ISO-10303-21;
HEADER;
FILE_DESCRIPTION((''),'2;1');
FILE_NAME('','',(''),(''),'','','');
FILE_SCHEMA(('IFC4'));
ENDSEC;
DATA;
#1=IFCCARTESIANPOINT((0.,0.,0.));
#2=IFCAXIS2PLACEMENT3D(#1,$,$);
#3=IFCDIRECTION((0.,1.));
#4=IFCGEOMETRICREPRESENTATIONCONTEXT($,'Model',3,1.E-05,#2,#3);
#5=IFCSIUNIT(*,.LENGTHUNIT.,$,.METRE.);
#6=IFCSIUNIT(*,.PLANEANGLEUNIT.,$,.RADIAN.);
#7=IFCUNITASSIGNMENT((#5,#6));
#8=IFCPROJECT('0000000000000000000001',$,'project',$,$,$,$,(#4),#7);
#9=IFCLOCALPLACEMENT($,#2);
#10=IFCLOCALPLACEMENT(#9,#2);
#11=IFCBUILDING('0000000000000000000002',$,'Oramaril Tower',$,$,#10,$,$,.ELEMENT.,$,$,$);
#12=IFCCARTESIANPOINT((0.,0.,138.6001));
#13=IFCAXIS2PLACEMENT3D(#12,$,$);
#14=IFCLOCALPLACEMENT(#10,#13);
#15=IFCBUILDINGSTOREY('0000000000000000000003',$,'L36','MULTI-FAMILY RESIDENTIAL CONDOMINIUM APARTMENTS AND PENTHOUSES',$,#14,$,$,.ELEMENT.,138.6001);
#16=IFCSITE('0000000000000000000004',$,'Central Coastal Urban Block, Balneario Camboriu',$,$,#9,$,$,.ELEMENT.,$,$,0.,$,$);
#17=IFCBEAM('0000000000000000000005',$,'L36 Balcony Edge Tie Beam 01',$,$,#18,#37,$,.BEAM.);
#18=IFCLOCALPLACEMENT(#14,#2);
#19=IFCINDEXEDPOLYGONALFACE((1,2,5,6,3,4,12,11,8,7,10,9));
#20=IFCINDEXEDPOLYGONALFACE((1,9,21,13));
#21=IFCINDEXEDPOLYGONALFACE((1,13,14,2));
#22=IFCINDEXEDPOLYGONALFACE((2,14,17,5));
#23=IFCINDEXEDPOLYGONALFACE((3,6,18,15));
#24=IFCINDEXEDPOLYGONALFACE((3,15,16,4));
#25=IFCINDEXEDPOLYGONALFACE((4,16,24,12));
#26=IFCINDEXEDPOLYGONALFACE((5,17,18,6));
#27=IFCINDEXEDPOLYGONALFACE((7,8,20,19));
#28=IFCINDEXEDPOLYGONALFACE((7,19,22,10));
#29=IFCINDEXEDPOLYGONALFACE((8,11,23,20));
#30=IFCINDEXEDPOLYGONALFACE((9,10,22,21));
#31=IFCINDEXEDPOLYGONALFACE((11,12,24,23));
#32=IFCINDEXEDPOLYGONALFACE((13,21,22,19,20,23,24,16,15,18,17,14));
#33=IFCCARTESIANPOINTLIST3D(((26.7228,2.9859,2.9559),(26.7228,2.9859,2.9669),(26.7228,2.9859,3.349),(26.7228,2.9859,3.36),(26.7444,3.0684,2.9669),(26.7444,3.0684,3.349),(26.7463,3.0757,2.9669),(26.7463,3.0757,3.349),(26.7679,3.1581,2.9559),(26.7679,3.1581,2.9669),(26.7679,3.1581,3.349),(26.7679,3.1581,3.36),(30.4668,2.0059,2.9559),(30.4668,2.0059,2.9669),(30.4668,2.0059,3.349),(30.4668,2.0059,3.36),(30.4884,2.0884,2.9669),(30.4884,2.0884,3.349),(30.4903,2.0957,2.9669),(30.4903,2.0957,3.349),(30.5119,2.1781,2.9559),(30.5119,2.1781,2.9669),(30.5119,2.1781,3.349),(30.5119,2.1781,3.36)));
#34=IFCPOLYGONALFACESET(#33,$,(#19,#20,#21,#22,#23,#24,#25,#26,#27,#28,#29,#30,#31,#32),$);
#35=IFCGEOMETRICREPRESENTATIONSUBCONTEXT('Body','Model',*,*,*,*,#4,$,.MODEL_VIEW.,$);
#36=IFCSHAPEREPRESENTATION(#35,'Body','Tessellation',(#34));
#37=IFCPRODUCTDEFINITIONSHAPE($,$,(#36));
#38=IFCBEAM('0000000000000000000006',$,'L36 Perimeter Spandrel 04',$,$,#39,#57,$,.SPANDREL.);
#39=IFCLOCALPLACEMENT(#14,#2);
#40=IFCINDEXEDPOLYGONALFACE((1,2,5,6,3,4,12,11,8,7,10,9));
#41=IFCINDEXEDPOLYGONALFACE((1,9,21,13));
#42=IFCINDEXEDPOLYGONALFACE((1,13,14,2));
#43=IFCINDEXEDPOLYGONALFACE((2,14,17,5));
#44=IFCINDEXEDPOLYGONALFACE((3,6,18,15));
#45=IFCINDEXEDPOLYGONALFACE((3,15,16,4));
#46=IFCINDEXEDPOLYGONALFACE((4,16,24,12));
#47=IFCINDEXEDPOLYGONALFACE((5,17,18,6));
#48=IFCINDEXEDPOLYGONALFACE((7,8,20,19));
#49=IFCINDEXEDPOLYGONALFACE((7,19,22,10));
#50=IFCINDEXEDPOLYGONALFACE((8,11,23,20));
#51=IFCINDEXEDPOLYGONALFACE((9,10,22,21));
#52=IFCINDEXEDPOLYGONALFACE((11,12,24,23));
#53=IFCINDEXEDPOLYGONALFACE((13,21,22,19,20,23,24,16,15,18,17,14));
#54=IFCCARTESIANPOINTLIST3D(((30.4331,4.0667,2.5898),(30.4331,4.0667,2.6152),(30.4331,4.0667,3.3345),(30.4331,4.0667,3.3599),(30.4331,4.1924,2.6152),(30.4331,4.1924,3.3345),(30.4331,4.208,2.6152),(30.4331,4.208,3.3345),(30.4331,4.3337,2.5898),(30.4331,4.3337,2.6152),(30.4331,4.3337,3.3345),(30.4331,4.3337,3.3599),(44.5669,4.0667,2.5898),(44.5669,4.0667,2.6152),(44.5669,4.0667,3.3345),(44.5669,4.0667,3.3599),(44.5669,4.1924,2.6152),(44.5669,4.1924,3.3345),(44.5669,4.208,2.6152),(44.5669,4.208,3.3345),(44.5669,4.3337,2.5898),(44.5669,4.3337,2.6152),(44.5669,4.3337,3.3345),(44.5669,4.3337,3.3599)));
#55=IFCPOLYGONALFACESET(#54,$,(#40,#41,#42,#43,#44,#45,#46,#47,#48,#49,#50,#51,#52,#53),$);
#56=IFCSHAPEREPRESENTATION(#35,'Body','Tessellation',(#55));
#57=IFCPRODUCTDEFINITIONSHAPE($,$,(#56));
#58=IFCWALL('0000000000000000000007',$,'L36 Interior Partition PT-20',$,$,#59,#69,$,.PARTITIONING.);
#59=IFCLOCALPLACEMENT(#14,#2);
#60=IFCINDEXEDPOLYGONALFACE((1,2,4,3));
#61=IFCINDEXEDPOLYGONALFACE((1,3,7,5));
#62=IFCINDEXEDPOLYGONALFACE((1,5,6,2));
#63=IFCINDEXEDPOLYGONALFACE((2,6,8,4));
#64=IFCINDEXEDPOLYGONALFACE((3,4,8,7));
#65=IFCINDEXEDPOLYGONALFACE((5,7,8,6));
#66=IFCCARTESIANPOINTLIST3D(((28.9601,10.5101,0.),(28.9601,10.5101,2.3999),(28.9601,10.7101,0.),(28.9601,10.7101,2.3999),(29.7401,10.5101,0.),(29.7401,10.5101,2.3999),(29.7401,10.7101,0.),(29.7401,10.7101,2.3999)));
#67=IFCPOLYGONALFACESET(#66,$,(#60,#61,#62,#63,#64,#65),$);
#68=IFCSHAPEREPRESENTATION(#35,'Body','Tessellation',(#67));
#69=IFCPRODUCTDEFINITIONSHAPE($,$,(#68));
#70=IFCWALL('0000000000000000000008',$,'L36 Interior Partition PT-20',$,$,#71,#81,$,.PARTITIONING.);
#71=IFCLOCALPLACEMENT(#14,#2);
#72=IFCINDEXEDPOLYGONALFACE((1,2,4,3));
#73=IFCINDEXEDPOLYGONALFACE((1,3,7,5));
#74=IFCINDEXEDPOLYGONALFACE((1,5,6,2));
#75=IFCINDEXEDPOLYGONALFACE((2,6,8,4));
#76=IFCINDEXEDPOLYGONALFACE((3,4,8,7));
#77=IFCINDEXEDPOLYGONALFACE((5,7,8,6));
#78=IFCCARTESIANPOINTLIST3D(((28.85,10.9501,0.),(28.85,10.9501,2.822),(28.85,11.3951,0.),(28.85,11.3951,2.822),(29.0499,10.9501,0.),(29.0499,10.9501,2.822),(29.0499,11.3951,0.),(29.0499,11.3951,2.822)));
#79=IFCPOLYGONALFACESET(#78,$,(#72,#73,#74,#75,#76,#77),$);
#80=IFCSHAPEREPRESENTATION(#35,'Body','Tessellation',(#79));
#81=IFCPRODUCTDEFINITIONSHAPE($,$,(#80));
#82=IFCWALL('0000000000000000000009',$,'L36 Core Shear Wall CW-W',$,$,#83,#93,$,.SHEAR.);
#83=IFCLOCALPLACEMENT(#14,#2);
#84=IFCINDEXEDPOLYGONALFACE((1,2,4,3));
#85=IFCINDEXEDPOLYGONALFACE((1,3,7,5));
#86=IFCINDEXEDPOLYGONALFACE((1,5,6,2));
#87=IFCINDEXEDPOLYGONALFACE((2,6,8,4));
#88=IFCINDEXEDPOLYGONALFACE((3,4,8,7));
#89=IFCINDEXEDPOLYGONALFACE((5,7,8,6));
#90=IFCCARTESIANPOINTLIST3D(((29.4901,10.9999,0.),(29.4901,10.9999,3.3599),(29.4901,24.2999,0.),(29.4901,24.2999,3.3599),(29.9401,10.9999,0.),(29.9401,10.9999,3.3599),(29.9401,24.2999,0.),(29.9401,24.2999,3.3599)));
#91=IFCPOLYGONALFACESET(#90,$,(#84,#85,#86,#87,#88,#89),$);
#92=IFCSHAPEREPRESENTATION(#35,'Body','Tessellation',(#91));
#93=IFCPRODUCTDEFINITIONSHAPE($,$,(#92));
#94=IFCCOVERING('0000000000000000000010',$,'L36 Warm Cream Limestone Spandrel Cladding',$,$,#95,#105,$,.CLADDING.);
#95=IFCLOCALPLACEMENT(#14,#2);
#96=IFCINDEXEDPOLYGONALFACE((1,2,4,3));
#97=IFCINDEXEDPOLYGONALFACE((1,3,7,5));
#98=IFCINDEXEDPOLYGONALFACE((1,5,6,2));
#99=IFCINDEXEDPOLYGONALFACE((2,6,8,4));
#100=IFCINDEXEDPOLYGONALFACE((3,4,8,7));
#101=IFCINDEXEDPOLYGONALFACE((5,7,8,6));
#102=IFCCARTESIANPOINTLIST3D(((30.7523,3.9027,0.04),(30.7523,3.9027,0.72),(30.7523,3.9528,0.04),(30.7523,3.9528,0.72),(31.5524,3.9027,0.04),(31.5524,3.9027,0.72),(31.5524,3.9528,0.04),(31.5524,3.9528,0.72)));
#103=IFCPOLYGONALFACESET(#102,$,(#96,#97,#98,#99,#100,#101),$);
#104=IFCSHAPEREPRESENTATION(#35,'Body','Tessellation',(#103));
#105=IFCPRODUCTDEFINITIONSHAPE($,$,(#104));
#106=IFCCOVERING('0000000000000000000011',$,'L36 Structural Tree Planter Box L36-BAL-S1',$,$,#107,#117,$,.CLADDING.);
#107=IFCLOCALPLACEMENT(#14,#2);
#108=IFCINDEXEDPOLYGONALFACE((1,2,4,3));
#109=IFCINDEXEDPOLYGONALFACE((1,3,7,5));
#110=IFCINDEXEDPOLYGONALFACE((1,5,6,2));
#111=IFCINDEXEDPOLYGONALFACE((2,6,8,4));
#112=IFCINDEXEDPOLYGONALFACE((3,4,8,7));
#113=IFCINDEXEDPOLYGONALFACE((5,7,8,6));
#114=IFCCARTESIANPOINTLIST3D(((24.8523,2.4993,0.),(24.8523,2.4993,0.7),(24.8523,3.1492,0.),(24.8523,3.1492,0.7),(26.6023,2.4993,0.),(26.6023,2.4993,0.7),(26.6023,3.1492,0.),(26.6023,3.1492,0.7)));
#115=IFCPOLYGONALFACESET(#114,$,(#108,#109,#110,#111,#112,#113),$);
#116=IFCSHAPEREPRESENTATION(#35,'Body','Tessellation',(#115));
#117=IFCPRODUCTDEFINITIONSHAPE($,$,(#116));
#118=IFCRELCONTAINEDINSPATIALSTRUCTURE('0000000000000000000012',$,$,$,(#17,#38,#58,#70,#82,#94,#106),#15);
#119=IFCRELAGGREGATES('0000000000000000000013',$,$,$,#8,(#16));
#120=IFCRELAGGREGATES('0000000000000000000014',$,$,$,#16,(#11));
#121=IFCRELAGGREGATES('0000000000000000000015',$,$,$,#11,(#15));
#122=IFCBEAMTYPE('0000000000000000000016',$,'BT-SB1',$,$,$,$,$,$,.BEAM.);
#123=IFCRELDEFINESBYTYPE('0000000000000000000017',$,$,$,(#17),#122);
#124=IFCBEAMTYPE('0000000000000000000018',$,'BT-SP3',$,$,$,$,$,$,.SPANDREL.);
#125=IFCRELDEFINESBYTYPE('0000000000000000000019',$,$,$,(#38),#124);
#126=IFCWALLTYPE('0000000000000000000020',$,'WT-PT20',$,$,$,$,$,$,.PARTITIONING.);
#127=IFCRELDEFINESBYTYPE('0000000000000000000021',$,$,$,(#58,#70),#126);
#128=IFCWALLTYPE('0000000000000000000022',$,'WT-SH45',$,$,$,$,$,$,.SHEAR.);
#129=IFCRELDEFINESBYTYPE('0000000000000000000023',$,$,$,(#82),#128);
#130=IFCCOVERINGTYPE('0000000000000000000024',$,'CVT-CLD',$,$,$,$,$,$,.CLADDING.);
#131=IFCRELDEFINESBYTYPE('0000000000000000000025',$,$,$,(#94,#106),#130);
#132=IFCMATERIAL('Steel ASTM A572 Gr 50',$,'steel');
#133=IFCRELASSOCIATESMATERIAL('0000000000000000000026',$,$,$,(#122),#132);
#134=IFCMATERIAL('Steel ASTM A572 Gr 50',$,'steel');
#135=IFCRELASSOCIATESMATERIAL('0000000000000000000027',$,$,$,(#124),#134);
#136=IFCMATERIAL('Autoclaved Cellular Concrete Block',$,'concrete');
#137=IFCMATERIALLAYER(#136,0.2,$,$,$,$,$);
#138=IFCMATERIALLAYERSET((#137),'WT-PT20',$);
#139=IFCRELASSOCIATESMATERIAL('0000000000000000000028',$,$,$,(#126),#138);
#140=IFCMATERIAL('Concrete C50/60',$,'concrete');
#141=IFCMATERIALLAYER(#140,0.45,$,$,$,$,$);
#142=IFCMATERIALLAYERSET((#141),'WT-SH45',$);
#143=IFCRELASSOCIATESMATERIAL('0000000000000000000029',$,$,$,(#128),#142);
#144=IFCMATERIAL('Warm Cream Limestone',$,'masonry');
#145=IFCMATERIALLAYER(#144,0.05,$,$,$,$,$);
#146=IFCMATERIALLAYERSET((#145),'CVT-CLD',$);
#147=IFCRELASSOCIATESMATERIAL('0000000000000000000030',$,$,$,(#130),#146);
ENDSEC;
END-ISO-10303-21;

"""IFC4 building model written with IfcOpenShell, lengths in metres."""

from ifc_helpers import new_model, si_unit, direction, frame, frame_2d, origin, origin_2d, place, context, subcontext, project, spatial, rectangle, i_section, extrude, material, layer, layer_set, material_profile, profile_set, type_object, element, save


model = new_model("IFC4")

# Units and contexts
model_context = context("Model", 3, precision=1e-05, world=origin(), true_north=direction((0.0, 1.0)))
body_context = subcontext(model_context, "Body", "Model", "MODEL_VIEW")
ifc_project = project(units=[si_unit("LENGTHUNIT", "METRE"), si_unit("PLANEANGLEUNIT", "RADIAN")], contexts=[model_context])

# Site, building, storey
site_placement = place(None, origin())
site = spatial("IfcSite", under=ifc_project, at=site_placement, Name="Central Coastal Urban Block, Balneario Camboriu", CompositionType="ELEMENT", RefElevation=0.0)
building_placement = place(site_placement, origin())
building = spatial("IfcBuilding", under=site, at=building_placement, Name="Oramaril Tower", CompositionType="ELEMENT")
storey_placement = place(building_placement, frame((0.0, 0.0, 138.6001)))
storey = spatial("IfcBuildingStorey", under=building, at=storey_placement, Name="L36", Description="MULTI-FAMILY RESIDENTIAL CONDOMINIUM APARTMENTS AND PENTHOUSES", CompositionType="ELEMENT", Elevation=138.6001)

# Beams
ifc_material_1 = material(Name="Steel ASTM A572 Gr 50", Category="steel")
ifc_material_profile_1 = material_profile(ifc_material_1, i_section(OverallWidth=0.178, OverallDepth=0.4041, WebThickness=0.0076, FlangeThickness=0.011, at=origin_2d()), Name="W16X36")
ifc_profile_set_1 = profile_set([ifc_material_profile_1], Name="Steel ASTM A572 Gr 50")
beam_type_1 = type_object("IfcBeamType", Name="BT-SB1", PredefinedType="BEAM", material=ifc_profile_set_1)
beam_1_placement = place(storey_placement, frame((26.7454, 3.072, 3.158), z_axis=(0.967408, -0.253223, 0.0), x_axis=(0.253223, 0.967408, 0.0)))
element("IfcBeam", 1, at=beam_1_placement, inside=storey, type_object=beam_type_1, Name="L36 Balcony Edge Tie Beam 01", PredefinedType="BEAM", context=body_context, shape_type="SweptSolid", body=[
    extrude(i_section(OverallWidth=0.178, OverallDepth=0.4041, WebThickness=0.0076, FlangeThickness=0.011, at=origin_2d()), origin(), (0.0, 0.0, 1.0), 3.8701),
])
ifc_material_2 = material(Name="Steel ASTM A572 Gr 50", Category="steel")
ifc_material_profile_2 = material_profile(ifc_material_2, i_section(OverallWidth=0.2671, OverallDepth=0.77, WebThickness=0.0156, FlangeThickness=0.0254, at=origin_2d()), Name="W30X132")
ifc_profile_set_2 = profile_set([ifc_material_profile_2], Name="Steel ASTM A572 Gr 50")
beam_type_2 = type_object("IfcBeamType", Name="BT-SP3", PredefinedType="SPANDREL", material=ifc_profile_set_2)
beam_2_placement = place(storey_placement, frame((30.4331, 4.2002, 2.9749), z_axis=(1.0, 0.0, 0.0), x_axis=(0.0, 1.0, 0.0)))
element("IfcBeam", 2, at=beam_2_placement, inside=storey, type_object=beam_type_2, Name="L36 Perimeter Spandrel 04", PredefinedType="SPANDREL", context=body_context, shape_type="SweptSolid", body=[
    extrude(i_section(OverallWidth=0.2671, OverallDepth=0.77, WebThickness=0.0156, FlangeThickness=0.0254, at=origin_2d()), origin(), (0.0, 0.0, 1.0), 14.1338),
])

# Walls
ifc_material_3 = material(Name="Autoclaved Cellular Concrete Block", Category="concrete")
ifc_layer_1 = layer(ifc_material_3, 0.2)
ifc_layer_set_1 = layer_set([ifc_layer_1], Name="WT-PT20")
wall_type_1 = type_object("IfcWallType", Name="WT-PT20", PredefinedType="PARTITIONING", material=ifc_layer_set_1)
wall_1_placement = place(storey_placement, frame((28.96, 10.6101, 0.0), z_axis=(0.0, 0.0, 1.0), x_axis=(1.0, 0.0, 0.0)))
element("IfcWall", 3, at=wall_1_placement, inside=storey, type_object=wall_type_1, Name="L36 Interior Partition PT-20", PredefinedType="PARTITIONING", context=body_context, shape_type="SweptSolid", body=[
    extrude(rectangle(XDim=0.78, YDim=0.2, at=frame_2d((0.3901, 0.0))), origin(), (0.0, 0.0, 1.0), 2.3999),
])
wall_2_placement = place(storey_placement, frame((28.95, 10.95, 0.0), z_axis=(0.0, 0.0, 1.0), x_axis=(0.0, 1.0, 0.0)))
element("IfcWall", 4, at=wall_2_placement, inside=storey, type_object=wall_type_1, Name="L36 Interior Partition PT-20", PredefinedType="PARTITIONING", context=body_context, shape_type="SweptSolid", body=[
    extrude(rectangle(XDim=0.4451, YDim=0.2, at=frame_2d((0.2227, 0.0))), origin(), (0.0, 0.0, 1.0), 2.822),
])
ifc_material_4 = material(Name="Concrete C50/60", Category="concrete")
ifc_layer_2 = layer(ifc_material_4, 0.45)
ifc_layer_set_2 = layer_set([ifc_layer_2], Name="WT-SH45")
wall_type_2 = type_object("IfcWallType", Name="WT-SH45", PredefinedType="SHEAR", material=ifc_layer_set_2)
wall_3_placement = place(storey_placement, frame((29.7151, 11.0, 0.0), z_axis=(0.0, 0.0, 1.0), x_axis=(0.0, 1.0, 0.0)))
element("IfcWall", 5, at=wall_3_placement, inside=storey, type_object=wall_type_2, Name="L36 Core Shear Wall CW-W", PredefinedType="SHEAR", context=body_context, shape_type="SweptSolid", body=[
    extrude(rectangle(XDim=13.3, YDim=0.45, at=frame_2d((6.6499, 0.0))), origin(), (0.0, 0.0, 1.0), 3.3599),
])

# Coverings
ifc_material_5 = material(Name="Warm Cream Limestone", Category="masonry")
ifc_layer_3 = layer(ifc_material_5, 0.05)
ifc_layer_set_3 = layer_set([ifc_layer_3], Name="CVT-CLD")
covering_type = type_object("IfcCoveringType", Name="CVT-CLD", PredefinedType="CLADDING", material=ifc_layer_set_3)
covering_1_placement = place(storey_placement, frame((31.1523, 3.9277, 0.04), z_axis=(0.0, 0.0, 1.0), x_axis=(1.0, 0.0, 0.0)))
element("IfcCovering", 6, at=covering_1_placement, inside=storey, type_object=covering_type, Name="L36 Warm Cream Limestone Spandrel Cladding", PredefinedType="CLADDING", context=body_context, shape_type="SweptSolid", body=[
    extrude(rectangle(XDim=0.8, YDim=0.05, at=origin_2d()), origin(), (0.0, 0.0, 1.0), 0.6799),
])
covering_2_placement = place(storey_placement, frame((25.7273, 2.8242, 0.0), z_axis=(0.0, 0.0, 1.0), x_axis=(1.0, 0.0, 0.0)))
element("IfcCovering", 7, at=covering_2_placement, inside=storey, type_object=covering_type, Name="L36 Structural Tree Planter Box L36-BAL-S1", PredefinedType="CLADDING", context=body_context, shape_type="SweptSolid", body=[
    extrude(rectangle(XDim=1.75, YDim=0.6499, at=origin_2d()), origin(), (0.0, 0.0, 1.0), 0.7),
])

save(model, "model.ifc")
